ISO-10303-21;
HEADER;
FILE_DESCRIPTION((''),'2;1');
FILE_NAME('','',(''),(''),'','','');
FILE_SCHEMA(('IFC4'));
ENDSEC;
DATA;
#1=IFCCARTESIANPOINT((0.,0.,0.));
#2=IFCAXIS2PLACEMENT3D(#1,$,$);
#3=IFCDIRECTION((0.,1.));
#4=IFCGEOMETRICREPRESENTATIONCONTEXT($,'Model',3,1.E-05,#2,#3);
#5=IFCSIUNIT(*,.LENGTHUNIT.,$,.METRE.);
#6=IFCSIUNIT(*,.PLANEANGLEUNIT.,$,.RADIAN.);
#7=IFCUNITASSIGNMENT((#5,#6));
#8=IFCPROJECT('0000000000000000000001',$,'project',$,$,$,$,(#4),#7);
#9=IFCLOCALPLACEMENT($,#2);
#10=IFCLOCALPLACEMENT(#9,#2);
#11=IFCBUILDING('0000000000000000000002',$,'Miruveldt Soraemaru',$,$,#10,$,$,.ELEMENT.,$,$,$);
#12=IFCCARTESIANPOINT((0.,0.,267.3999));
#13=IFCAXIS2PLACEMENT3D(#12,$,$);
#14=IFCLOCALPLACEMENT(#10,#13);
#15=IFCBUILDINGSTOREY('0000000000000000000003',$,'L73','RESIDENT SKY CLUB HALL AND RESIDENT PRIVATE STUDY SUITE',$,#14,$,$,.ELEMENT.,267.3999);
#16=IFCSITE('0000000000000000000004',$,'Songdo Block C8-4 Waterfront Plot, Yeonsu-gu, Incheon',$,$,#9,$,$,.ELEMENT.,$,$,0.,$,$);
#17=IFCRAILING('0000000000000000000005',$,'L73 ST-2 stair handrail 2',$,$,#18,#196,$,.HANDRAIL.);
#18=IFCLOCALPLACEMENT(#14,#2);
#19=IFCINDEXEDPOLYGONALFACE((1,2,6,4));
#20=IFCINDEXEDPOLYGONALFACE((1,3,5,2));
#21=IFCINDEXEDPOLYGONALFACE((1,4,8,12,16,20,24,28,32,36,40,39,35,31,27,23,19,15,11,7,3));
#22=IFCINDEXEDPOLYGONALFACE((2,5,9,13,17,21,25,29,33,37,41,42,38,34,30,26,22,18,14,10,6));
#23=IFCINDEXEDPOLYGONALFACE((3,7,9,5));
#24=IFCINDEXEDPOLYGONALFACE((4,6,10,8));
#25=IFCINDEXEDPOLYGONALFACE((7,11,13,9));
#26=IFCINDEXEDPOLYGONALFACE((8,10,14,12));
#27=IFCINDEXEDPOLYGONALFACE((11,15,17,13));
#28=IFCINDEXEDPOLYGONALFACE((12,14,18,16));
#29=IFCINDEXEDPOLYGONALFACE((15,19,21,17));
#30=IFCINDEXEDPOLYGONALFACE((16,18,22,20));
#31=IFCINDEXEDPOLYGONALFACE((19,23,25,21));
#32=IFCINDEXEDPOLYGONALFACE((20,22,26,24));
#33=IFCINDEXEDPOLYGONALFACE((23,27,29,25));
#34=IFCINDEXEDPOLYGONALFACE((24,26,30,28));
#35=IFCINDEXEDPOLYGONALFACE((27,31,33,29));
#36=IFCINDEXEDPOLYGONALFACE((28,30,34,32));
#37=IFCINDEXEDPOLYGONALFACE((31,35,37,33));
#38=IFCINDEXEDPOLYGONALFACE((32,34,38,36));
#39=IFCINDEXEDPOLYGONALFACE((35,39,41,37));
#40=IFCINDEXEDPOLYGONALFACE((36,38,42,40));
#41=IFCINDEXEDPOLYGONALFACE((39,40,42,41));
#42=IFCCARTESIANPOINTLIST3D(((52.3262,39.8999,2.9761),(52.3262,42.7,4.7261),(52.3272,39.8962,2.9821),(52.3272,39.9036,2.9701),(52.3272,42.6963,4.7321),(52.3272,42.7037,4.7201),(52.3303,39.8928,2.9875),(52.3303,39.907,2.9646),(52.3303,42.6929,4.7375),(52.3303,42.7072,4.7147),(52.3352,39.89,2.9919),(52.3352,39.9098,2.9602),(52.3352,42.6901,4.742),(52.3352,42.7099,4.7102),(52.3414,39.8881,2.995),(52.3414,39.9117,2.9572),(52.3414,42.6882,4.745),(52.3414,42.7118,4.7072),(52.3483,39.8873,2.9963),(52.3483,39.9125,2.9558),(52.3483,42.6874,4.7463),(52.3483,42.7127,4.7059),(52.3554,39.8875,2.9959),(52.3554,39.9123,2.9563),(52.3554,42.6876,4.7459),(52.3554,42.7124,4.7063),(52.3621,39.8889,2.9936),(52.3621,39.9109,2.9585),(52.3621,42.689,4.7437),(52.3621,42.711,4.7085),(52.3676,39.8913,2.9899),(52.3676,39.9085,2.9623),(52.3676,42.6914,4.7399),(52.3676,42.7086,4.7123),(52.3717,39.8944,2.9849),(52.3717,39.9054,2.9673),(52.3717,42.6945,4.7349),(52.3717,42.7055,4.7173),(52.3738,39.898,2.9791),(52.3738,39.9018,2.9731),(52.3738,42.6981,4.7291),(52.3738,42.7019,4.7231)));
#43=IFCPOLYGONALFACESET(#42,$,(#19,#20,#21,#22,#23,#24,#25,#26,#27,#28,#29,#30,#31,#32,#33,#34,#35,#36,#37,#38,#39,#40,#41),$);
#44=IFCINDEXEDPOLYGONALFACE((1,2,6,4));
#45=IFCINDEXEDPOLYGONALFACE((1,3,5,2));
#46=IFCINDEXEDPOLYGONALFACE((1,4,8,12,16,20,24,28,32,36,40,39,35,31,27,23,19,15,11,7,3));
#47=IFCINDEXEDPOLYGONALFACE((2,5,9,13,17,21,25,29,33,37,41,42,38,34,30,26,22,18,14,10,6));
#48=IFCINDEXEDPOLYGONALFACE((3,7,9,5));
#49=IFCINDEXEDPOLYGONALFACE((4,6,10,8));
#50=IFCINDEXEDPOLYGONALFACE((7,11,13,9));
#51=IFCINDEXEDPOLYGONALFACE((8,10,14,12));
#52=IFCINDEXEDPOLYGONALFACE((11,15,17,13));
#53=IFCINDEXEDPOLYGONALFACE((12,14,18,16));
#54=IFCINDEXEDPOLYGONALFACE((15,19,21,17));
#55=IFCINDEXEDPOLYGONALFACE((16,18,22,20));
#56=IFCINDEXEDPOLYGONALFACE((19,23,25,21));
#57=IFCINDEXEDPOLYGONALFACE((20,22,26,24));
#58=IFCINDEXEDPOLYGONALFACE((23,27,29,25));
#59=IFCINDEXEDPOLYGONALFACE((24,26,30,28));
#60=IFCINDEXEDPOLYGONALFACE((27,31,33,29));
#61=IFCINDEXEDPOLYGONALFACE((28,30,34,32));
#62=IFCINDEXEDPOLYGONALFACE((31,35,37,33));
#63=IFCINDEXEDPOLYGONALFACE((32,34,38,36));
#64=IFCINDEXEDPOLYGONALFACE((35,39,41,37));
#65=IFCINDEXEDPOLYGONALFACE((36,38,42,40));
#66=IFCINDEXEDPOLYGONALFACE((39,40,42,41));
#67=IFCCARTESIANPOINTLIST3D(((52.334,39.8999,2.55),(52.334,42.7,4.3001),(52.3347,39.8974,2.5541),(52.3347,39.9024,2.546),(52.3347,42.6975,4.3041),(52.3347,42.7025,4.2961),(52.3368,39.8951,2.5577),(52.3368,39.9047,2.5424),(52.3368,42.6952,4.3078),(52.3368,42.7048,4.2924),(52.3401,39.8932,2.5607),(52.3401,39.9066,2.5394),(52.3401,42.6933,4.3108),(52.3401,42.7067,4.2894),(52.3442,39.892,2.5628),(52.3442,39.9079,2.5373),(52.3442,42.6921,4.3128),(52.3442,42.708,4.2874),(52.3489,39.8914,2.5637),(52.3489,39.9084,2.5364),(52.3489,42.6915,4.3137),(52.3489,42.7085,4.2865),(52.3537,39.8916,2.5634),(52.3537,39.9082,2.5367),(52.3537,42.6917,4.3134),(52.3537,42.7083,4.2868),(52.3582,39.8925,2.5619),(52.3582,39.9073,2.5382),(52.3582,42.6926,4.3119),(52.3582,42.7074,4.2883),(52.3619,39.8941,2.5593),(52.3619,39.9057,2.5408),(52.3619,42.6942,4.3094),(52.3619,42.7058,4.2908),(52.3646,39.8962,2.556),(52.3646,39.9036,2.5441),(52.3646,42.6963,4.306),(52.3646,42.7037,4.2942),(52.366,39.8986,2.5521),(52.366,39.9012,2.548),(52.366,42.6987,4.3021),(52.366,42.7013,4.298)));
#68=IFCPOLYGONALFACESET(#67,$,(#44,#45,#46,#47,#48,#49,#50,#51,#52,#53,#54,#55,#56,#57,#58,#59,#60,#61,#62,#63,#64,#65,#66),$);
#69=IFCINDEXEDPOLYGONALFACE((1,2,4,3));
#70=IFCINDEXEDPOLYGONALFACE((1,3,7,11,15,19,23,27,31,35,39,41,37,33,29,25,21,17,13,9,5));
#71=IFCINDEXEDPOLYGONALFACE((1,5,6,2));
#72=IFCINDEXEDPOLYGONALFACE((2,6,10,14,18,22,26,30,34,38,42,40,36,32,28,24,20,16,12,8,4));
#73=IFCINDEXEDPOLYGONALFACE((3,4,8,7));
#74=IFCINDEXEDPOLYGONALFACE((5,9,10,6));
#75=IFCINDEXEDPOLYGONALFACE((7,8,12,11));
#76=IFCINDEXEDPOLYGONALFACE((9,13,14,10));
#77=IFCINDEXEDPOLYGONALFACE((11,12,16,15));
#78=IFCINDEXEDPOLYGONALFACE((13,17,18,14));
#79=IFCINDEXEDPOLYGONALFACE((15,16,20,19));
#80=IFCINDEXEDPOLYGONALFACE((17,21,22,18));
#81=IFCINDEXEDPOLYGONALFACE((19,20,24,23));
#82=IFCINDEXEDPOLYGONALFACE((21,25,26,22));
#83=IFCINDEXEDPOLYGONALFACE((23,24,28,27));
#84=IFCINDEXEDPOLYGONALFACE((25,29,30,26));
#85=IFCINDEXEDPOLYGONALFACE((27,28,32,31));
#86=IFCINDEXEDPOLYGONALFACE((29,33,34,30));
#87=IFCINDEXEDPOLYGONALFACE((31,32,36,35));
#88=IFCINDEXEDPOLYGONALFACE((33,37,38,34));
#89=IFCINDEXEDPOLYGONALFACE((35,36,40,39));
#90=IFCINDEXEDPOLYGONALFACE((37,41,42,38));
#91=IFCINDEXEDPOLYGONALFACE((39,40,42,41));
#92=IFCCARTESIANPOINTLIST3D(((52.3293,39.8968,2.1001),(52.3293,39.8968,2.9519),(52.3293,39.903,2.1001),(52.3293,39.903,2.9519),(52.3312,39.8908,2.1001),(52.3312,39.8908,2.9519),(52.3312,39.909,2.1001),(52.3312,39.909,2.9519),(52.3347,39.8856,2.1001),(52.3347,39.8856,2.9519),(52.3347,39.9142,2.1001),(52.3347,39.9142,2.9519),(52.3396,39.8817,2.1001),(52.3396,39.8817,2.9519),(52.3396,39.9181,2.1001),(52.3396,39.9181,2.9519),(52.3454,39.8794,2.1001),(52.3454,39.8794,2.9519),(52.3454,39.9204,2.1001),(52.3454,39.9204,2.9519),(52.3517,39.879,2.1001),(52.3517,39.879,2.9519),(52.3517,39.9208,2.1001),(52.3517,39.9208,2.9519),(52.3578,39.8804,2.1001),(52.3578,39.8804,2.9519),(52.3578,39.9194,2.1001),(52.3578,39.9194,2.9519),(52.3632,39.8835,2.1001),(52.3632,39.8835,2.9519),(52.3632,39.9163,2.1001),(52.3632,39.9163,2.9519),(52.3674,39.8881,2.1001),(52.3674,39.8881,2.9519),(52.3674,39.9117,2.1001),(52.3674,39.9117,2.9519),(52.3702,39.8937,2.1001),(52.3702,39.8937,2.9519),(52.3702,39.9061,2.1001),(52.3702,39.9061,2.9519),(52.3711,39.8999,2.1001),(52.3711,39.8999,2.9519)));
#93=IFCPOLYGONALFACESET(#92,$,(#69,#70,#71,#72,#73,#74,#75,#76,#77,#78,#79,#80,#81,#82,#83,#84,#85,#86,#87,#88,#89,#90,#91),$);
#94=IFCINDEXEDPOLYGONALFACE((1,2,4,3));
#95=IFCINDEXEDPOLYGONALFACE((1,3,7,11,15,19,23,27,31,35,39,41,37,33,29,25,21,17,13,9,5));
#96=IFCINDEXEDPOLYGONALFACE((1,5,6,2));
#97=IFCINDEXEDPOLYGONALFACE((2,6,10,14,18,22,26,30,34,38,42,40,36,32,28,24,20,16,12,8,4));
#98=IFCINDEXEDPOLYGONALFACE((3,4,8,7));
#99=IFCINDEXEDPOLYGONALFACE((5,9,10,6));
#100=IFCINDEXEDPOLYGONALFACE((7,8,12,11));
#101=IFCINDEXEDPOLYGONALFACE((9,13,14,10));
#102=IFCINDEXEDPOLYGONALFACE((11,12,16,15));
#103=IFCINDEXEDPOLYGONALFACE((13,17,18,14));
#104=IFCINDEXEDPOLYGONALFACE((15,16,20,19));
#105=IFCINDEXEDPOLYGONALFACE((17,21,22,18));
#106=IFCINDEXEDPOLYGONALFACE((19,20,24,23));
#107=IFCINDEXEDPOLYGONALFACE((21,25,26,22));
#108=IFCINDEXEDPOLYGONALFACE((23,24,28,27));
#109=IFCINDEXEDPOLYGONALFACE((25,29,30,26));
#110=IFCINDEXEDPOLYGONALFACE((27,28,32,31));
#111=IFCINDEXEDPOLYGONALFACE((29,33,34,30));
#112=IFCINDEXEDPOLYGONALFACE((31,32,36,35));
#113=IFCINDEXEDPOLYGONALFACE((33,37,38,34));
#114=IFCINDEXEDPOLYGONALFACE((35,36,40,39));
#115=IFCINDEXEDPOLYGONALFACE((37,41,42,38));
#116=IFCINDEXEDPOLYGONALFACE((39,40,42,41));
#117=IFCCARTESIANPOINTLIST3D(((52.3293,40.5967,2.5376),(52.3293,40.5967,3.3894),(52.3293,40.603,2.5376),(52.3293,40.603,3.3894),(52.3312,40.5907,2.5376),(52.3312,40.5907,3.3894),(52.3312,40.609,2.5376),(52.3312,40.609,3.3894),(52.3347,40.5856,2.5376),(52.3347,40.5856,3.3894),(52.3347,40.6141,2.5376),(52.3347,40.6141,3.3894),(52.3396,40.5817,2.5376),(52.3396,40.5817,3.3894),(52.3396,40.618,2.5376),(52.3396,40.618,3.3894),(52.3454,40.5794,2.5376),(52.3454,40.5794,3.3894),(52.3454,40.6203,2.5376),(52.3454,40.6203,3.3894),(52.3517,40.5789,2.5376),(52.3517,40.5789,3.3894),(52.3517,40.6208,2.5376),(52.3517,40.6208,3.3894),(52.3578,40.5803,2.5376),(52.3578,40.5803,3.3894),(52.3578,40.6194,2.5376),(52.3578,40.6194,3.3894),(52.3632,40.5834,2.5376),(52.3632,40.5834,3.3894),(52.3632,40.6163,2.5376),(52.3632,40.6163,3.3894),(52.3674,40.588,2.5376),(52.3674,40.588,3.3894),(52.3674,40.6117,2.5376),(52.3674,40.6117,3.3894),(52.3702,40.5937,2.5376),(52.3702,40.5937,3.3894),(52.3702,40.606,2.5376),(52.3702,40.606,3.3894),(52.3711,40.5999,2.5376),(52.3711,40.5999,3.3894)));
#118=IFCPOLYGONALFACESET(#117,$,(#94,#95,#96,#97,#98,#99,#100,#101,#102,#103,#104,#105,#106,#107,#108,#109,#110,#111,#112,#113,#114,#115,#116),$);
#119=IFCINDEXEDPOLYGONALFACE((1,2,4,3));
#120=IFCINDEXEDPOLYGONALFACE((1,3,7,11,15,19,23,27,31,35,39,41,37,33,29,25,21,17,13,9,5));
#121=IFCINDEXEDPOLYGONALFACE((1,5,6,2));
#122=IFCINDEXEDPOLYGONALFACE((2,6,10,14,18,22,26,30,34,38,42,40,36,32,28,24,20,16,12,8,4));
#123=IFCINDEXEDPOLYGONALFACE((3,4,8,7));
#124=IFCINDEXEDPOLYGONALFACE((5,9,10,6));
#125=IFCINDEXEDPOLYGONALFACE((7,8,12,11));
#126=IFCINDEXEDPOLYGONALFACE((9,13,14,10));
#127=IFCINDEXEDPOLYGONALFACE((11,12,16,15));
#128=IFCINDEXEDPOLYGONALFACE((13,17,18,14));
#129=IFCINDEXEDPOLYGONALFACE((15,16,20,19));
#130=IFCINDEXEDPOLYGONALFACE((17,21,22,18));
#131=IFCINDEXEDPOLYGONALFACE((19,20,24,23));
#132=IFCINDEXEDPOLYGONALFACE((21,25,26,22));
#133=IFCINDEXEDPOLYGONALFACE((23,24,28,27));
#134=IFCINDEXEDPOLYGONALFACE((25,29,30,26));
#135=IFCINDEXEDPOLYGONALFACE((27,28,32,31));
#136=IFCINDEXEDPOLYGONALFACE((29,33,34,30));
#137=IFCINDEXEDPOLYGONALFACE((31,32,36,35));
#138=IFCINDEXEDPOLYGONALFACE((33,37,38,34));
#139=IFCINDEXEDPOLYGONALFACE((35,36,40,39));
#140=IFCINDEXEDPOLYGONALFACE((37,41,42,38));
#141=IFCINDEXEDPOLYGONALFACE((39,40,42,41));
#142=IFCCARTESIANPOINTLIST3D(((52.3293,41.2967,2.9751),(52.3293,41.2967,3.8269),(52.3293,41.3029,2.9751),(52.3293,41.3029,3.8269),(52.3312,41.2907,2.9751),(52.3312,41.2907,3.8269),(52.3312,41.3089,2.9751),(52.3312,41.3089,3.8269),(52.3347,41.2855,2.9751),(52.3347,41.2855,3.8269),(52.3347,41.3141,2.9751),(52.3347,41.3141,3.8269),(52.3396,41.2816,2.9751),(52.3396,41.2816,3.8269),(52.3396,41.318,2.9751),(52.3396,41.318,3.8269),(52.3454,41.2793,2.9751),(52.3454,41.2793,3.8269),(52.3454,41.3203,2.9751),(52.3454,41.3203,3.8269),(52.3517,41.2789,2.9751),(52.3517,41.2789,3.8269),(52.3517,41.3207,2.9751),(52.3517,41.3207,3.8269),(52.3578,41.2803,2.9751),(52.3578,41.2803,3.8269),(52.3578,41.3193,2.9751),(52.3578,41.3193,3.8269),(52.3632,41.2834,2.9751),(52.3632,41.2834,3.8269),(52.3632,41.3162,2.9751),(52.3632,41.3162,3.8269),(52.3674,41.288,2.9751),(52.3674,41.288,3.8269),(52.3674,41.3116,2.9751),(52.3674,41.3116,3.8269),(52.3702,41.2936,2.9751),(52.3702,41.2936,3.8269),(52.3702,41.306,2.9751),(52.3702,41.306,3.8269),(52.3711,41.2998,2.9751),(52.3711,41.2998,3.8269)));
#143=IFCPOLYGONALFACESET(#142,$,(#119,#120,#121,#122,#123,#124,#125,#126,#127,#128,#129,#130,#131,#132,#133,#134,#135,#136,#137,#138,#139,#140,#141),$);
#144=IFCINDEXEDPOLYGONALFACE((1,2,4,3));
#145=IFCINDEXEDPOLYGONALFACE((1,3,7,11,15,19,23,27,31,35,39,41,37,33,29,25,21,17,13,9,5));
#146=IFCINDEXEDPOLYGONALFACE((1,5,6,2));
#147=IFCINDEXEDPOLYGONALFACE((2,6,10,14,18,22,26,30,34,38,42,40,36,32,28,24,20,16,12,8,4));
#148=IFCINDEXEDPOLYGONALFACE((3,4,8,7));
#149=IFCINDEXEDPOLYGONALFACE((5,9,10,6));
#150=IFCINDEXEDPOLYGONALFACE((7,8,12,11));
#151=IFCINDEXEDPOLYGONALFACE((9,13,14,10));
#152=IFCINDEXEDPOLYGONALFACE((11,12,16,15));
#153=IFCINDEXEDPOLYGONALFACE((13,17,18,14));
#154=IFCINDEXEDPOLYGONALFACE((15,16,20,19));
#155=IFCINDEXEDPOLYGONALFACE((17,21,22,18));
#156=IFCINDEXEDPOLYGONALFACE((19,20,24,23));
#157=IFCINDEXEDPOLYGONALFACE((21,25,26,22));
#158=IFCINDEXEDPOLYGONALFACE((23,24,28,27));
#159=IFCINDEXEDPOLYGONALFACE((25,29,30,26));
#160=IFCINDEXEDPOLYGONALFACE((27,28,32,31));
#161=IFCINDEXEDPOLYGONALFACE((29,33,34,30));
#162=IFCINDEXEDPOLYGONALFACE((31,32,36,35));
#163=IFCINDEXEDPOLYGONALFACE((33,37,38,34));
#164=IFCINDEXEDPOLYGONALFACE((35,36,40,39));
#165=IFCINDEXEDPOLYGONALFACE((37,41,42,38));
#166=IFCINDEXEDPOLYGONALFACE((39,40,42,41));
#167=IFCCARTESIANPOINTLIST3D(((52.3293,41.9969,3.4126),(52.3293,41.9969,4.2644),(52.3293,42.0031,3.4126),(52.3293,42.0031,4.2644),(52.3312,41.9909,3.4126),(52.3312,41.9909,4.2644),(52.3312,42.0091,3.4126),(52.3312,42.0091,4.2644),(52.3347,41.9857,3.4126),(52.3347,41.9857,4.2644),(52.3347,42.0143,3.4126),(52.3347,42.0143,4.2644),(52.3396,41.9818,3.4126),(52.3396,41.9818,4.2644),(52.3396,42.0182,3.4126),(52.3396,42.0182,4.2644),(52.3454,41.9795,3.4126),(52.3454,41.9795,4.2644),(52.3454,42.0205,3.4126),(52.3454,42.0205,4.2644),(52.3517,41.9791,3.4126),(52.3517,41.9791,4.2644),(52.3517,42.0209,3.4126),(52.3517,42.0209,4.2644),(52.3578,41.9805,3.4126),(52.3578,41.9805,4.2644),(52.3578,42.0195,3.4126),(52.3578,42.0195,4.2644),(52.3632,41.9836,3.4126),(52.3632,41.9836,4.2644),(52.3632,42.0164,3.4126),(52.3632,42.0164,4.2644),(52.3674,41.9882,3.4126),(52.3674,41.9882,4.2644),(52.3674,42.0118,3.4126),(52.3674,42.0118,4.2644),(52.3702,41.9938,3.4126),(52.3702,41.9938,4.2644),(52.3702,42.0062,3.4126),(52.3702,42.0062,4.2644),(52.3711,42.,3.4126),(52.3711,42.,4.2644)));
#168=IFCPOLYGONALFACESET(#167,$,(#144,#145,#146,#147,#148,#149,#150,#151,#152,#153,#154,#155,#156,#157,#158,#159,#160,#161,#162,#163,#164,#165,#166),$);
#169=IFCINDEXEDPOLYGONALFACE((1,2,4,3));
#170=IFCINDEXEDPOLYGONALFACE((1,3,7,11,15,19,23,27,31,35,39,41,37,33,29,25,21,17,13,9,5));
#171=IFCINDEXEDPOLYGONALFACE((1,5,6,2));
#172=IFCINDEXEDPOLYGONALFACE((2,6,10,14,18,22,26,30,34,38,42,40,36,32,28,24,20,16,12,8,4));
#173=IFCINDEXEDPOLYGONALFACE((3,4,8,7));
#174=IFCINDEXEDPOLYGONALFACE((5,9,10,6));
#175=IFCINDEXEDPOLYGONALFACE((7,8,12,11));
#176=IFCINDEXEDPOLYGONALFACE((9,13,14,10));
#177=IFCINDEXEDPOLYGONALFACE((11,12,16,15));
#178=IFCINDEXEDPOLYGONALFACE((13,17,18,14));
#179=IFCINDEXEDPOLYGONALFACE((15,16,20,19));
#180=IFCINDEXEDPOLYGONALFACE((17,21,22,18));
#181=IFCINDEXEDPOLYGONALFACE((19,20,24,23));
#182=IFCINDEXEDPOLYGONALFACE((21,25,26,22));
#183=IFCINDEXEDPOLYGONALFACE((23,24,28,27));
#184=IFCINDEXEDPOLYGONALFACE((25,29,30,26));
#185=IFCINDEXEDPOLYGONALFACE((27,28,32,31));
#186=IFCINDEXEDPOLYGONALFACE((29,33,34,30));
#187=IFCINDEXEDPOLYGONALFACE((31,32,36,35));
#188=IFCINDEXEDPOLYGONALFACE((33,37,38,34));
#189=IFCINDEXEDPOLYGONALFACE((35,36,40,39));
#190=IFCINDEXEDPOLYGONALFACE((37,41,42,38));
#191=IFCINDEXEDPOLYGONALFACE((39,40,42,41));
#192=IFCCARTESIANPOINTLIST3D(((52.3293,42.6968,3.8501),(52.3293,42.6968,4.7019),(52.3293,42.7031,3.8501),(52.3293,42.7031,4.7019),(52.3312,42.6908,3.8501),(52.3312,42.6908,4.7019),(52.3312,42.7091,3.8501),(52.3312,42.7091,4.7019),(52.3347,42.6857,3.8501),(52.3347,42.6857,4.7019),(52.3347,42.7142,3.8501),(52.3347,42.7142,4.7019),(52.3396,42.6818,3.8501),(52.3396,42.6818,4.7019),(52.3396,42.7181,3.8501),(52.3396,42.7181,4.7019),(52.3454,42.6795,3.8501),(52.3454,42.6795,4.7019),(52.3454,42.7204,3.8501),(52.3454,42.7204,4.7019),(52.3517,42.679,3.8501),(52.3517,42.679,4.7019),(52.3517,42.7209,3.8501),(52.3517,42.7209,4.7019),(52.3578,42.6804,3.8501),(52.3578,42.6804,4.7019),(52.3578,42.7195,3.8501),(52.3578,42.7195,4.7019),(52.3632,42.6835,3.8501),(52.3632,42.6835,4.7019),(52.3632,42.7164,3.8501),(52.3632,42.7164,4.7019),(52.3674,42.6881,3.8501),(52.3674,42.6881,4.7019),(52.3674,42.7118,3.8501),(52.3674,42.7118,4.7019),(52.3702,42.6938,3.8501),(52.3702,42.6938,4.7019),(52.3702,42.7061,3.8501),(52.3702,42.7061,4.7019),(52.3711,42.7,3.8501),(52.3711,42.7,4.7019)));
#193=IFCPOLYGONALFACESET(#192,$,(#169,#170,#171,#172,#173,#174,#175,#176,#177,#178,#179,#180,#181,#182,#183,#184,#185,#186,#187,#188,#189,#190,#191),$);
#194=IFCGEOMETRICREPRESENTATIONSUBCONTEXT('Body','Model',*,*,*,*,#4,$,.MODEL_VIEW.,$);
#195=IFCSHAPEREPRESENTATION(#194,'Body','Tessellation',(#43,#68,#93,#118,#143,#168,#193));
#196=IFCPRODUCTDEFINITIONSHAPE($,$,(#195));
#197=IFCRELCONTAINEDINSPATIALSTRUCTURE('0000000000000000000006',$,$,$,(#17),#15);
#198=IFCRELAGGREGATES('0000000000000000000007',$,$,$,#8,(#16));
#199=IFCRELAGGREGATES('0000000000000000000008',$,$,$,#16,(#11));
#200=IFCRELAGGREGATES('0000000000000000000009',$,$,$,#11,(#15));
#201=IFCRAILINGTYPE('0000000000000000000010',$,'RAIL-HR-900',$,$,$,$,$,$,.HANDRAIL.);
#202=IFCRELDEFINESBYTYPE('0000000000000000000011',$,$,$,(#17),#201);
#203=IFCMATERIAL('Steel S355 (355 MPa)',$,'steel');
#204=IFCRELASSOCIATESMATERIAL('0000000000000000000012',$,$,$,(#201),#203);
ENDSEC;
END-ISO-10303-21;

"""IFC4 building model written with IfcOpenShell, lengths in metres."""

from ifc_helpers import new_model, si_unit, direction, frame, origin, origin_2d, place, context, subcontext, project, spatial, circle, extrude, material, type_object, element, save


model = new_model("IFC4")

# Units and contexts
model_context = context("Model", 3, precision=1e-05, world=origin(), true_north=direction((0.0, 1.0)))
body_context = subcontext(model_context, "Body", "Model", "MODEL_VIEW")
ifc_project = project(units=[si_unit("LENGTHUNIT", "METRE"), si_unit("PLANEANGLEUNIT", "RADIAN")], contexts=[model_context])

# Site, building, storey
site_placement = place(None, origin())
site = spatial("IfcSite", under=ifc_project, at=site_placement, Name="Songdo Block C8-4 Waterfront Plot, Yeonsu-gu, Incheon", CompositionType="ELEMENT", RefElevation=0.0)
building_placement = place(site_placement, origin())
building = spatial("IfcBuilding", under=site, at=building_placement, Name="Miruveldt Soraemaru", CompositionType="ELEMENT")
storey_placement = place(building_placement, frame((0.0, 0.0, 267.3999)))
storey = spatial("IfcBuildingStorey", under=building, at=storey_placement, Name="L73", Description="RESIDENT SKY CLUB HALL AND RESIDENT PRIVATE STUDY SUITE", CompositionType="ELEMENT", Elevation=267.3999)

# Railing
ifc_material_1 = material(Name="Steel S355 (355 MPa)", Category="steel")
railing_type_1 = type_object("IfcRailingType", Name="RAIL-HR-900", PredefinedType="HANDRAIL", material=ifc_material_1)
railing_1_placement = place(storey_placement, frame((52.3501, 39.8999, 2.1001)))
element("IfcRailing", 1, at=railing_1_placement, inside=storey, type_object=railing_type_1, Name="L73 ST-2 stair handrail 2", PredefinedType="HANDRAIL", context=body_context, shape_type="SweptSolid", body=[
    extrude(circle(Radius=0.0239, at=origin_2d()), frame((0.0, 0.0, 0.876), z_axis=(0.0, 0.848002, 0.529992), x_axis=(-1.0, 0.0, 0.0)), (0.0, 0.0, 1.0), 3.302),
    extrude(circle(Radius=0.0161, at=origin_2d()), frame((0.0, 0.0, 0.45), z_axis=(0.0, 0.848002, 0.529992), x_axis=(-1.0, 0.0, 0.0)), (0.0, 0.0, 1.0), 3.302),
    extrude(circle(Radius=0.021, at=origin_2d()), origin(), (0.0, 0.0, 1.0), 0.8518),
    extrude(circle(Radius=0.021, at=origin_2d()), frame((0.0, 0.7, 0.4375)), (0.0, 0.0, 1.0), 0.8518),
    extrude(circle(Radius=0.021, at=origin_2d()), frame((0.0, 1.3999, 0.875)), (0.0, 0.0, 1.0), 0.8518),
    extrude(circle(Radius=0.021, at=origin_2d()), frame((0.0, 2.1001, 1.3125)), (0.0, 0.0, 1.0), 0.8518),
    extrude(circle(Radius=0.021, at=origin_2d()), frame((0.0, 2.8, 1.75)), (0.0, 0.0, 1.0), 0.8518),
])

save(model, "model.ifc")
